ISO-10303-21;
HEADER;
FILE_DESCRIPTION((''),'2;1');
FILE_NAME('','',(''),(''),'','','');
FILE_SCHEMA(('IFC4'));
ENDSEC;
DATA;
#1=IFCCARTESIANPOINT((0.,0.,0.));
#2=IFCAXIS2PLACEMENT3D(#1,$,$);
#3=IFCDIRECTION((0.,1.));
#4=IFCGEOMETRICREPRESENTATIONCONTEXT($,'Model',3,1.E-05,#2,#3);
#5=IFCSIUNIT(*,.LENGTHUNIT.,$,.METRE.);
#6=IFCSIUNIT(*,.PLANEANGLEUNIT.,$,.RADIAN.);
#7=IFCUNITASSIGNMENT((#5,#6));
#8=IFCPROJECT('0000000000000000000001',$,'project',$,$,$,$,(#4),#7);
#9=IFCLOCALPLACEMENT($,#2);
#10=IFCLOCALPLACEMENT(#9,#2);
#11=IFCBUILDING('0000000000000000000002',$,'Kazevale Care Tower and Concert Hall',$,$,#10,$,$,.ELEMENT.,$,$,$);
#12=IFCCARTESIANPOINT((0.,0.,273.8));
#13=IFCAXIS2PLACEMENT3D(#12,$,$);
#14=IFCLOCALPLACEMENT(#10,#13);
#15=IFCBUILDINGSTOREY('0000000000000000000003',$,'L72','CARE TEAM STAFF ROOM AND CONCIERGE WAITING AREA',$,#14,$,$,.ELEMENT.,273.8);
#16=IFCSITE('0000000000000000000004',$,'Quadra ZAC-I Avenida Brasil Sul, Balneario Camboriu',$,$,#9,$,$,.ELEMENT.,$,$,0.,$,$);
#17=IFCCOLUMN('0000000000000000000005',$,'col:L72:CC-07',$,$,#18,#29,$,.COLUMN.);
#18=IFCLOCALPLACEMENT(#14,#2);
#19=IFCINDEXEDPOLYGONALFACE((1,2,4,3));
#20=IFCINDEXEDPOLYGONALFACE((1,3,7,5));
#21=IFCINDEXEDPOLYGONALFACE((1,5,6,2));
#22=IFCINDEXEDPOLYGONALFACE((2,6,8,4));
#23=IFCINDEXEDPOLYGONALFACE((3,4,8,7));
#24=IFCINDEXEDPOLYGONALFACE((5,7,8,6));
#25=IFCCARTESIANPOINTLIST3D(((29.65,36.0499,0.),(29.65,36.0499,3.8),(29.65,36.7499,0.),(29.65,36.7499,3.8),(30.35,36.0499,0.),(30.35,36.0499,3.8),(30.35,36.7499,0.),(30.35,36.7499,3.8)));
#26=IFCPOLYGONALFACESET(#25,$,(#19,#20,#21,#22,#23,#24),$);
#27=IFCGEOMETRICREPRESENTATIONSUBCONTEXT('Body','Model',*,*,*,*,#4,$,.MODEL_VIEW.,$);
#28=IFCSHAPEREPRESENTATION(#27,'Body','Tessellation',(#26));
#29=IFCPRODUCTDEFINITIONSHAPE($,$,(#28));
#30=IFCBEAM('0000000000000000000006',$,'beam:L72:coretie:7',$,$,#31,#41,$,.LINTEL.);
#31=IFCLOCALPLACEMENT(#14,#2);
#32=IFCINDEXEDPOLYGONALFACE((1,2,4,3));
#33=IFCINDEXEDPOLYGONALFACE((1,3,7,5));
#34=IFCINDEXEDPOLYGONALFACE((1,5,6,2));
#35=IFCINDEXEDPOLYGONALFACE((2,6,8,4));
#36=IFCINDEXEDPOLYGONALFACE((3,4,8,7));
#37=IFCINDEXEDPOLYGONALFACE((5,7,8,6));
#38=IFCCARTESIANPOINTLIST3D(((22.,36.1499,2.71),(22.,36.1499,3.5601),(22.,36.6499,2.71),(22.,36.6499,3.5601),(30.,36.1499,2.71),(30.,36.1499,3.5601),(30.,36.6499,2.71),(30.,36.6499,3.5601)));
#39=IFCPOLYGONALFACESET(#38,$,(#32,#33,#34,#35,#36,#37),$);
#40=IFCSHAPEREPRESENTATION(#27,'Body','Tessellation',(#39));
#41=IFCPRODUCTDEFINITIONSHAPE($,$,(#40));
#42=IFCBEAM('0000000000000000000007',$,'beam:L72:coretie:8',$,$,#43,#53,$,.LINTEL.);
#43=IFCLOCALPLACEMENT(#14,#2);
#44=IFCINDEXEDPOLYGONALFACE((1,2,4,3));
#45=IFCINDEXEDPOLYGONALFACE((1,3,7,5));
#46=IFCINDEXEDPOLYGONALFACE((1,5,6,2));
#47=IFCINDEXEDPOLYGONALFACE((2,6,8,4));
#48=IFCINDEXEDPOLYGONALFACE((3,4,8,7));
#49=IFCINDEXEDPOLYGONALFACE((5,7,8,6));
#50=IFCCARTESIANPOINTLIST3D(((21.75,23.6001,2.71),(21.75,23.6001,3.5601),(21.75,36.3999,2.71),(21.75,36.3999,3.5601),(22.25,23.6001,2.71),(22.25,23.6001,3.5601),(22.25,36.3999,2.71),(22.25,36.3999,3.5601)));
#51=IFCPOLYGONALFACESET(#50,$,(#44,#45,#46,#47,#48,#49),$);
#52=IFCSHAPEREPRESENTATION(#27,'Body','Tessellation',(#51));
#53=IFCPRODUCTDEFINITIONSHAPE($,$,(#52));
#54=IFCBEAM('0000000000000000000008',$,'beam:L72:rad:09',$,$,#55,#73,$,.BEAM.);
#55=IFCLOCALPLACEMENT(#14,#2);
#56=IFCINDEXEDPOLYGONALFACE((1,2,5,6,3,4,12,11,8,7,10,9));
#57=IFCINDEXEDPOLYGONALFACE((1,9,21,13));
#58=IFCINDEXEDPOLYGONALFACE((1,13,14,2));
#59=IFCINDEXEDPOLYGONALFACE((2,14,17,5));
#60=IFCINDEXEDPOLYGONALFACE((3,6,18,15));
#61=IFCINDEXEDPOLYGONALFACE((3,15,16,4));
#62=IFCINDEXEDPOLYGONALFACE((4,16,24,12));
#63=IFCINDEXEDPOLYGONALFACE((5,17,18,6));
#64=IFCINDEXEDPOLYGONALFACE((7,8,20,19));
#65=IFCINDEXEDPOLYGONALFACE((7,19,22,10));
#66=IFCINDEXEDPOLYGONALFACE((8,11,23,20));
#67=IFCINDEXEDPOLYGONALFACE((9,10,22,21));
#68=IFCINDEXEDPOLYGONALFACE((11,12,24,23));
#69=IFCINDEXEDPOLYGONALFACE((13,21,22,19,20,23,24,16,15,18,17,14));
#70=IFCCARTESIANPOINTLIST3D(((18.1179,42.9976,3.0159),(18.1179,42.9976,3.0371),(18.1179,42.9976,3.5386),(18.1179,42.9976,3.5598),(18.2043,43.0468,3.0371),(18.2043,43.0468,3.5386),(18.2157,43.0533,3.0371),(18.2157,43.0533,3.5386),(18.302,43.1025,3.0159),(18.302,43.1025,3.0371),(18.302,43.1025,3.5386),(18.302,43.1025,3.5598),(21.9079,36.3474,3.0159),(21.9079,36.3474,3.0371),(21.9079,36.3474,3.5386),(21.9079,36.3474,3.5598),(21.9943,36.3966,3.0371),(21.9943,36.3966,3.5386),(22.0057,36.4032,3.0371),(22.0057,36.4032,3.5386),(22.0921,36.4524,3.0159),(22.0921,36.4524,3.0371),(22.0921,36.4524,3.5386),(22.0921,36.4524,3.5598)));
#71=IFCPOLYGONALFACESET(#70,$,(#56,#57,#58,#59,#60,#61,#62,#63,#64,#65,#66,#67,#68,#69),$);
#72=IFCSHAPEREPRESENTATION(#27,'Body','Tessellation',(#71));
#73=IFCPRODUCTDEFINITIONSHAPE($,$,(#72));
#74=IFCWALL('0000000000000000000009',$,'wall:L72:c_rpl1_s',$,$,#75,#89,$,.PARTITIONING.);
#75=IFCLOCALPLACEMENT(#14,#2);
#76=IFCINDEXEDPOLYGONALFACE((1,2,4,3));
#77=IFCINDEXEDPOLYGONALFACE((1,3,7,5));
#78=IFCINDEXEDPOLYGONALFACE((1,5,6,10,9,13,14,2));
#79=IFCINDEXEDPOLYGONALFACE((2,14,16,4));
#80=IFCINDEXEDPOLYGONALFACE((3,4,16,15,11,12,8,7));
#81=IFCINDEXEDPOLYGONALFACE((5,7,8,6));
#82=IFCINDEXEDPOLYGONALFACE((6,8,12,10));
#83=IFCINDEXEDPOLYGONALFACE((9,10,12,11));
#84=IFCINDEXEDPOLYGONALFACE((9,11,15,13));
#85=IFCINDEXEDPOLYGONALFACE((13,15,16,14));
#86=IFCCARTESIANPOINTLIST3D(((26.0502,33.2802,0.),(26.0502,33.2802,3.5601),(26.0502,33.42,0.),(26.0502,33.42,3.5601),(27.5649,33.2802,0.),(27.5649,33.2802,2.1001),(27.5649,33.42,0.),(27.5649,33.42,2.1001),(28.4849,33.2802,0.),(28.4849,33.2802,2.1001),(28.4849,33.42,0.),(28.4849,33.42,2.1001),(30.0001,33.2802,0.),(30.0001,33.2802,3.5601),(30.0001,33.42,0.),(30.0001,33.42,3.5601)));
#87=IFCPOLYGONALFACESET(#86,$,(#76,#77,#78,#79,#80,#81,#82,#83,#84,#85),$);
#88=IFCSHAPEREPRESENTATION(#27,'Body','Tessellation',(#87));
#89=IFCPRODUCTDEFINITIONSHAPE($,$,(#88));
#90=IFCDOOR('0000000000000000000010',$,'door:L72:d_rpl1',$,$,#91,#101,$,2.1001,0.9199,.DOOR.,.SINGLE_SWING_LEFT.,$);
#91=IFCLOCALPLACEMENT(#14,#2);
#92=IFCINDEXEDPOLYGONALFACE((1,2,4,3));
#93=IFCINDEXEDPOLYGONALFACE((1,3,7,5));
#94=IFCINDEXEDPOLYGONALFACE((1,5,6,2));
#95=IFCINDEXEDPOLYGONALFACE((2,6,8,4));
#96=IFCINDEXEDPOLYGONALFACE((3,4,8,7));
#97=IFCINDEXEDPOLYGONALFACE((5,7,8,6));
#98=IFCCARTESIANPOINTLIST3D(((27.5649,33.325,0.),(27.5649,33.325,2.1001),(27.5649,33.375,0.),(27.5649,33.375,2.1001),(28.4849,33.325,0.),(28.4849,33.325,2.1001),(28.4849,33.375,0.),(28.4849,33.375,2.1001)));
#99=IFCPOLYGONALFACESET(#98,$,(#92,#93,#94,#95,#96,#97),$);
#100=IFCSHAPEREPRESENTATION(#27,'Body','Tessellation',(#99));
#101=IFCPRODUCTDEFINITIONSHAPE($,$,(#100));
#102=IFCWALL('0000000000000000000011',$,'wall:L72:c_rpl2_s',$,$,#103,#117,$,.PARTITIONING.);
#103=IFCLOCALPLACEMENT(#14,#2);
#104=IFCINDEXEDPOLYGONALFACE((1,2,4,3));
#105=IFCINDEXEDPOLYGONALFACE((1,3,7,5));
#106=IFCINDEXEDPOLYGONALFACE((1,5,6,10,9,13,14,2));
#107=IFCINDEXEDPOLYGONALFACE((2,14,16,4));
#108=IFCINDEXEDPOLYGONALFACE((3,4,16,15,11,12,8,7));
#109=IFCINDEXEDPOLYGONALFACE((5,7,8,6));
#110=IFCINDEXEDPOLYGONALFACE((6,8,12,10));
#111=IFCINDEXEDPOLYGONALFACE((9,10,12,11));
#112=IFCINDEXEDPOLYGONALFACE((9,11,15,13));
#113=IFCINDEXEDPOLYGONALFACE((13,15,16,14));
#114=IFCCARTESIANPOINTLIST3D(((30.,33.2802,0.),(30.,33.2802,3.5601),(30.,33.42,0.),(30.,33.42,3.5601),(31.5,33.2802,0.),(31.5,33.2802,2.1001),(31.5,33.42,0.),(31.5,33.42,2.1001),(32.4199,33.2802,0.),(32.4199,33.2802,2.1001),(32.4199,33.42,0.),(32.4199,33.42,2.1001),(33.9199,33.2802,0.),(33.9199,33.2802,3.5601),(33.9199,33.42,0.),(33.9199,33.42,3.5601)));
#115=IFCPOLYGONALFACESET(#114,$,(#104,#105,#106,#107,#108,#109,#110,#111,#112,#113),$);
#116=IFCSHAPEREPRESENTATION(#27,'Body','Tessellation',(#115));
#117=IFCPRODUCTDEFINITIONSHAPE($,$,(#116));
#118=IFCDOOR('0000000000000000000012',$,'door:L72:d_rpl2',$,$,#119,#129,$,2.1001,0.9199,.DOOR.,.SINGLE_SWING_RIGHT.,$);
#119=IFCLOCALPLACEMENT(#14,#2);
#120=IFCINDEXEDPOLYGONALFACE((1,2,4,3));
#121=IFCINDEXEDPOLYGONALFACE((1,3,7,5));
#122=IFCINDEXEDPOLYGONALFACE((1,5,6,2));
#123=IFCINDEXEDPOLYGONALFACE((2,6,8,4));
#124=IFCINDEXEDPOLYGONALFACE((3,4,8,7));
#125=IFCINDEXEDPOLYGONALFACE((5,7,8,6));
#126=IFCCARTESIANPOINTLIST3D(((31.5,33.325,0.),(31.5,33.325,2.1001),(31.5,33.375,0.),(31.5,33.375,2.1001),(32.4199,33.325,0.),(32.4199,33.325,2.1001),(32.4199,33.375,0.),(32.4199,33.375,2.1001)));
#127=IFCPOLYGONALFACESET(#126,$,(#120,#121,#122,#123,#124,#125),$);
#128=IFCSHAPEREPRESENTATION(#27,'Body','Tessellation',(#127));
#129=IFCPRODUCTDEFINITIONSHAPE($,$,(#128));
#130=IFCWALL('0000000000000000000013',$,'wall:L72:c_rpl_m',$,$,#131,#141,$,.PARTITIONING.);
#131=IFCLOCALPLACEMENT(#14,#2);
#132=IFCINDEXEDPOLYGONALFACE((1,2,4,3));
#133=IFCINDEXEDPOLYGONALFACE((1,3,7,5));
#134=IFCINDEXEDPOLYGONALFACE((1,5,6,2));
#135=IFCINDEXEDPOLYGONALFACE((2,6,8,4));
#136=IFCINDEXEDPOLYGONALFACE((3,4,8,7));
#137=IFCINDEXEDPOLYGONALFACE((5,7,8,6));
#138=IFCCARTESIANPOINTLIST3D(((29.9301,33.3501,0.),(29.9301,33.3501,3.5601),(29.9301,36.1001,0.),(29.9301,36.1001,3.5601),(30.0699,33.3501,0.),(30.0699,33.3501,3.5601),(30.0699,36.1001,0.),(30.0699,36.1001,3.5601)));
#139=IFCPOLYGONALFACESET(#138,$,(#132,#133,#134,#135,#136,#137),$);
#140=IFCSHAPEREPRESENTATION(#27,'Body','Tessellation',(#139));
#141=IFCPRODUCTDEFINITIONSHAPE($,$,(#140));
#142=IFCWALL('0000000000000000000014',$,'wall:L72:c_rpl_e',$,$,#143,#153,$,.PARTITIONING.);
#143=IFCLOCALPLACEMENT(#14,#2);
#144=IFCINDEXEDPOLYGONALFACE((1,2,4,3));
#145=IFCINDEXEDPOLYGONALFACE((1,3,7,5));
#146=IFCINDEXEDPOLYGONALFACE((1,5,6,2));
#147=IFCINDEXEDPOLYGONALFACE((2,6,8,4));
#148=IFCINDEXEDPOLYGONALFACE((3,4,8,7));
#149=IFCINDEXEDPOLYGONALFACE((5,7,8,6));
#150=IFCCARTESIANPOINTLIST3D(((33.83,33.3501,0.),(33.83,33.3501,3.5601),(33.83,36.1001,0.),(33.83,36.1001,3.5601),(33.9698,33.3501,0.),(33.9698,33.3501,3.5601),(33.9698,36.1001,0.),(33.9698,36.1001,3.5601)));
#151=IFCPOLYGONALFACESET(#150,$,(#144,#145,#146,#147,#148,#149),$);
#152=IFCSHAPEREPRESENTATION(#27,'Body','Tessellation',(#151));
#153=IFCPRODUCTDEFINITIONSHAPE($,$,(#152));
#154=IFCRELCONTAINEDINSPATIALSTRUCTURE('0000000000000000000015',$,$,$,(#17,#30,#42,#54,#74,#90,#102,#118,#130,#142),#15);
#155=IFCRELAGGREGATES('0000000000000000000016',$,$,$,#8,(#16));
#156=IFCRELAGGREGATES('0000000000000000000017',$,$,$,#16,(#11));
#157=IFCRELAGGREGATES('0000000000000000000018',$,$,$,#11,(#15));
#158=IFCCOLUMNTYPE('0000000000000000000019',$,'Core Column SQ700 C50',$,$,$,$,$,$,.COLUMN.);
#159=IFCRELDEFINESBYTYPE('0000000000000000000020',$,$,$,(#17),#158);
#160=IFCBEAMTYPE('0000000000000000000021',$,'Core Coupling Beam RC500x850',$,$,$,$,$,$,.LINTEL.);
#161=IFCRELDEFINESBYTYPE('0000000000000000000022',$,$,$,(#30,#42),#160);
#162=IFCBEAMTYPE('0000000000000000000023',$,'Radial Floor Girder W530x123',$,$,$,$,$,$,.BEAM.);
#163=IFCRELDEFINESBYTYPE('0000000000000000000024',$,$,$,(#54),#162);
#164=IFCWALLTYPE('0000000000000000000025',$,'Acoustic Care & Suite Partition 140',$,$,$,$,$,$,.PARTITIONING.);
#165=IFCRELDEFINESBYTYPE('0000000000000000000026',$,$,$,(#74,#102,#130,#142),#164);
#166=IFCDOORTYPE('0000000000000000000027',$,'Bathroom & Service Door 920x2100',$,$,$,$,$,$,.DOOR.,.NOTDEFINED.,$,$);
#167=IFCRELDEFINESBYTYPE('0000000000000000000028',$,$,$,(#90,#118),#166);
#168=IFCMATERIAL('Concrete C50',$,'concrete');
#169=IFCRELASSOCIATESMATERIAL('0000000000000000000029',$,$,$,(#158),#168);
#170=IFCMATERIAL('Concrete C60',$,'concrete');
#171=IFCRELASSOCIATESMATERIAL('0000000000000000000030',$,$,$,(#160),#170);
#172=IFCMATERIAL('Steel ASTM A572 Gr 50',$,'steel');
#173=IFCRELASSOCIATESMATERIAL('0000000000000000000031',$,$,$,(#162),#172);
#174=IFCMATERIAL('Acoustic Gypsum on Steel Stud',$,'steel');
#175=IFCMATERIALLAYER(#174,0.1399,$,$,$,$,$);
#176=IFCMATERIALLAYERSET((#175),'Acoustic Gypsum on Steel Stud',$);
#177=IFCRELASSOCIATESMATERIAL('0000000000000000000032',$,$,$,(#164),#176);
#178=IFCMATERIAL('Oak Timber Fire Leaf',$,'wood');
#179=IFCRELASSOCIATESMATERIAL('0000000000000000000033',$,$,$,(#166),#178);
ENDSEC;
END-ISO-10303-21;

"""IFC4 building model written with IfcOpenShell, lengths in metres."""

from ifc_helpers import new_model, si_unit, direction, frame, frame_2d, origin, origin_2d, place, context, subcontext, project, spatial, rectangle, i_section, extrude, material, layer, layer_set, material_profile, profile_set, type_object, element, fill, save


model = new_model("IFC4")

# Units and contexts
model_context = context("Model", 3, precision=1e-05, world=origin(), true_north=direction((0.0, 1.0)))
body_context = subcontext(model_context, "Body", "Model", "MODEL_VIEW")
ifc_project = project(units=[si_unit("LENGTHUNIT", "METRE"), si_unit("PLANEANGLEUNIT", "RADIAN")], contexts=[model_context])

# Site, building, storey
site_placement = place(None, origin())
site = spatial("IfcSite", under=ifc_project, at=site_placement, Name="Quadra ZAC-I Avenida Brasil Sul, Balneario Camboriu", CompositionType="ELEMENT", RefElevation=0.0)
building_placement = place(site_placement, origin())
building = spatial("IfcBuilding", under=site, at=building_placement, Name="Kazevale Care Tower and Concert Hall", CompositionType="ELEMENT")
storey_placement = place(building_placement, frame((0.0, 0.0, 273.8)))
storey = spatial("IfcBuildingStorey", under=building, at=storey_placement, Name="L72", Description="CARE TEAM STAFF ROOM AND CONCIERGE WAITING AREA", CompositionType="ELEMENT", Elevation=273.8)

# Column
ifc_material_1 = material(Name="Concrete C50", Category="concrete")
ifc_material_profile_1 = material_profile(ifc_material_1, rectangle(XDim=0.7, YDim=0.7, at=origin_2d()), Name="RC-SQ700")
ifc_profile_set_1 = profile_set([ifc_material_profile_1], Name="Concrete C50")
column_type = type_object("IfcColumnType", Name="Core Column SQ700 C50", PredefinedType="COLUMN", material=ifc_profile_set_1)
column_placement = place(storey_placement, frame((30.0, 36.3999, 0.0), z_axis=(0.0, 0.0, 1.0), x_axis=(1.0, 0.0, 0.0)))
element("IfcColumn", 1, at=column_placement, inside=storey, type_object=column_type, Name="col:L72:CC-07", PredefinedType="COLUMN", context=body_context, shape_type="SweptSolid", body=[
    extrude(rectangle(XDim=0.7, YDim=0.7, at=origin_2d()), origin(), (0.0, 0.0, 1.0), 3.8),
])

# Beams
ifc_material_2 = material(Name="Concrete C60", Category="concrete")
ifc_material_profile_2 = material_profile(ifc_material_2, rectangle(XDim=0.5, YDim=0.8501, at=origin_2d()), Name="RC-B500x850")
ifc_profile_set_2 = profile_set([ifc_material_profile_2], Name="Concrete C60")
beam_type_1 = type_object("IfcBeamType", Name="Core Coupling Beam RC500x850", PredefinedType="LINTEL", material=ifc_profile_set_2)
beam_1_placement = place(storey_placement, frame((30.0, 36.3999, 3.135), z_axis=(-1.0, 0.0, 0.0), x_axis=(0.0, -1.0, 0.0)))
element("IfcBeam", 2, at=beam_1_placement, inside=storey, type_object=beam_type_1, Name="beam:L72:coretie:7", PredefinedType="LINTEL", context=body_context, shape_type="SweptSolid", body=[
    extrude(rectangle(XDim=0.5, YDim=0.8501, at=origin_2d()), origin(), (0.0, 0.0, 1.0), 8.0),
])
beam_2_placement = place(storey_placement, frame((22.0, 36.3999, 3.135), z_axis=(0.0, -1.0, 0.0), x_axis=(1.0, 0.0, 0.0)))
element("IfcBeam", 3, at=beam_2_placement, inside=storey, type_object=beam_type_1, Name="beam:L72:coretie:8", PredefinedType="LINTEL", context=body_context, shape_type="SweptSolid", body=[
    extrude(rectangle(XDim=0.5, YDim=0.8501, at=origin_2d()), origin(), (0.0, 0.0, 1.0), 12.7998),
])
ifc_material_3 = material(Name="Steel ASTM A572 Gr 50", Category="steel")
ifc_material_profile_3 = material_profile(ifc_material_3, i_section(OverallWidth=0.2119, OverallDepth=0.5439, WebThickness=0.0132, FlangeThickness=0.0212, at=origin_2d()), Name="W530x123")
ifc_profile_set_3 = profile_set([ifc_material_profile_3], Name="Steel ASTM A572 Gr 50")
beam_type_2 = type_object("IfcBeamType", Name="Radial Floor Girder W530x123", PredefinedType="BEAM", material=ifc_profile_set_3)
beam_3_placement = place(storey_placement, frame((22.0, 36.3999, 3.2878), z_axis=(-0.495149, 0.868808, 0.0), x_axis=(-0.868808, -0.495149, 0.0)))
element("IfcBeam", 4, at=beam_3_placement, inside=storey, type_object=beam_type_2, Name="beam:L72:rad:09", PredefinedType="BEAM", context=body_context, shape_type="SweptSolid", body=[
    extrude(i_section(OverallWidth=0.2119, OverallDepth=0.5439, WebThickness=0.0132, FlangeThickness=0.0212, at=origin_2d()), origin(), (0.0, 0.0, 1.0), 7.6543),
])

# Walls, openings, doors
ifc_material_4 = material(Name="Acoustic Gypsum on Steel Stud", Category="steel")
ifc_layer_1 = layer(ifc_material_4, 0.1399)
ifc_layer_set_1 = layer_set([ifc_layer_1], Name="Acoustic Gypsum on Steel Stud")
wall_type_1 = type_object("IfcWallType", Name="Acoustic Care & Suite Partition 140", PredefinedType="PARTITIONING", material=ifc_layer_set_1)
wall_1_placement = place(storey_placement, frame((26.05, 33.3501, 0.0), z_axis=(0.0, 0.0, 1.0), x_axis=(1.0, 0.0, 0.0)))
wall_1 = element("IfcWall", 5, at=wall_1_placement, inside=storey, type_object=wall_type_1, Name="wall:L72:c_rpl1_s", PredefinedType="PARTITIONING", context=body_context, shape_type="SweptSolid", body=[
    extrude(rectangle(XDim=3.95, YDim=0.1399, at=frame_2d((1.9751, 0.0))), origin(), (0.0, 0.0, 1.0), 3.5601),
])
opening_1_placement = place(wall_1_placement, frame((1.5149, 0.0, 0.0)))
opening_1 = element("IfcOpeningElement", 6, at=opening_1_placement, cuts=wall_1, PredefinedType="OPENING", context=body_context, shape_type="SweptSolid", body=[
    extrude(rectangle(XDim=0.9199, YDim=2.1001, at=frame_2d((0.46, 1.05))), frame((0.0, 0.0798, 0.0), z_axis=(0.0, -1.0, 0.0), x_axis=(1.0, 0.0, 0.0)), (0.0, 0.0, 1.0), 0.1599),
])
ifc_material_5 = material(Name="Oak Timber Fire Leaf", Category="wood")
door_type_1 = type_object("IfcDoorType", Name="Bathroom & Service Door 920x2100", OperationType="NOTDEFINED", PredefinedType="DOOR", material=ifc_material_5)
door_1_placement = place(opening_1_placement, origin())
door_1 = element("IfcDoor", 7, at=door_1_placement, inside=storey, type_object=door_type_1, Name="door:L72:d_rpl1", OperationType="SINGLE_SWING_LEFT", OverallHeight=2.1001, OverallWidth=0.9199, PredefinedType="DOOR", context=body_context, shape_type="SweptSolid", body=[
    extrude(rectangle(XDim=0.9199, YDim=2.1001, at=frame_2d((0.46, 1.05))), frame((0.0, 0.0249, 0.0), z_axis=(0.0, -1.0, 0.0), x_axis=(1.0, 0.0, 0.0)), (0.0, 0.0, 1.0), 0.05),
])
fill(opening_1, door_1)
wall_2_placement = place(storey_placement, frame((30.0, 33.3501, 0.0), z_axis=(0.0, 0.0, 1.0), x_axis=(1.0, 0.0, 0.0)))
wall_2 = element("IfcWall", 8, at=wall_2_placement, inside=storey, type_object=wall_type_1, Name="wall:L72:c_rpl2_s", PredefinedType="PARTITIONING", context=body_context, shape_type="SweptSolid", body=[
    extrude(rectangle(XDim=3.9199, YDim=0.1399, at=frame_2d((1.96, 0.0))), origin(), (0.0, 0.0, 1.0), 3.5601),
])
opening_2_placement = place(wall_2_placement, frame((1.5, 0.0, 0.0)))
opening_2 = element("IfcOpeningElement", 9, at=opening_2_placement, cuts=wall_2, PredefinedType="OPENING", context=body_context, shape_type="SweptSolid", body=[
    extrude(rectangle(XDim=0.9199, YDim=2.1001, at=frame_2d((0.46, 1.05))), frame((0.0, 0.0798, 0.0), z_axis=(0.0, -1.0, 0.0), x_axis=(1.0, 0.0, 0.0)), (0.0, 0.0, 1.0), 0.1599),
])
door_2_placement = place(opening_2_placement, origin())
door_2 = element("IfcDoor", 10, at=door_2_placement, inside=storey, type_object=door_type_1, Name="door:L72:d_rpl2", OperationType="SINGLE_SWING_RIGHT", OverallHeight=2.1001, OverallWidth=0.9199, PredefinedType="DOOR", context=body_context, shape_type="SweptSolid", body=[
    extrude(rectangle(XDim=0.9199, YDim=2.1001, at=frame_2d((0.46, 1.05))), frame((0.0, 0.0249, 0.0), z_axis=(0.0, -1.0, 0.0), x_axis=(1.0, 0.0, 0.0)), (0.0, 0.0, 1.0), 0.05),
])
fill(opening_2, door_2)

# Walls
for number, where, z_axis, x_axis, name in (
    (11, (30.0, 33.3501, 0.0), (0.0, 0.0, 1.0), (0.0, 1.0, 0.0), "wall:L72:c_rpl_m"),
    (12, (33.8999, 33.3501, 0.0), (0.0, 0.0, 1.0), (0.0, 1.0, 0.0), "wall:L72:c_rpl_e"),
):
    element("IfcWall", number, at=place(storey_placement, frame(where, z_axis=z_axis, x_axis=x_axis)), inside=storey, type_object=wall_type_1, Name=name, PredefinedType="PARTITIONING", context=body_context, shape_type="SweptSolid", body=[
        extrude(rectangle(XDim=2.75, YDim=0.1399, at=frame_2d((1.375, 0.0))), origin(), (0.0, 0.0, 1.0), 3.5601),
    ])

save(model, "model.ifc")
